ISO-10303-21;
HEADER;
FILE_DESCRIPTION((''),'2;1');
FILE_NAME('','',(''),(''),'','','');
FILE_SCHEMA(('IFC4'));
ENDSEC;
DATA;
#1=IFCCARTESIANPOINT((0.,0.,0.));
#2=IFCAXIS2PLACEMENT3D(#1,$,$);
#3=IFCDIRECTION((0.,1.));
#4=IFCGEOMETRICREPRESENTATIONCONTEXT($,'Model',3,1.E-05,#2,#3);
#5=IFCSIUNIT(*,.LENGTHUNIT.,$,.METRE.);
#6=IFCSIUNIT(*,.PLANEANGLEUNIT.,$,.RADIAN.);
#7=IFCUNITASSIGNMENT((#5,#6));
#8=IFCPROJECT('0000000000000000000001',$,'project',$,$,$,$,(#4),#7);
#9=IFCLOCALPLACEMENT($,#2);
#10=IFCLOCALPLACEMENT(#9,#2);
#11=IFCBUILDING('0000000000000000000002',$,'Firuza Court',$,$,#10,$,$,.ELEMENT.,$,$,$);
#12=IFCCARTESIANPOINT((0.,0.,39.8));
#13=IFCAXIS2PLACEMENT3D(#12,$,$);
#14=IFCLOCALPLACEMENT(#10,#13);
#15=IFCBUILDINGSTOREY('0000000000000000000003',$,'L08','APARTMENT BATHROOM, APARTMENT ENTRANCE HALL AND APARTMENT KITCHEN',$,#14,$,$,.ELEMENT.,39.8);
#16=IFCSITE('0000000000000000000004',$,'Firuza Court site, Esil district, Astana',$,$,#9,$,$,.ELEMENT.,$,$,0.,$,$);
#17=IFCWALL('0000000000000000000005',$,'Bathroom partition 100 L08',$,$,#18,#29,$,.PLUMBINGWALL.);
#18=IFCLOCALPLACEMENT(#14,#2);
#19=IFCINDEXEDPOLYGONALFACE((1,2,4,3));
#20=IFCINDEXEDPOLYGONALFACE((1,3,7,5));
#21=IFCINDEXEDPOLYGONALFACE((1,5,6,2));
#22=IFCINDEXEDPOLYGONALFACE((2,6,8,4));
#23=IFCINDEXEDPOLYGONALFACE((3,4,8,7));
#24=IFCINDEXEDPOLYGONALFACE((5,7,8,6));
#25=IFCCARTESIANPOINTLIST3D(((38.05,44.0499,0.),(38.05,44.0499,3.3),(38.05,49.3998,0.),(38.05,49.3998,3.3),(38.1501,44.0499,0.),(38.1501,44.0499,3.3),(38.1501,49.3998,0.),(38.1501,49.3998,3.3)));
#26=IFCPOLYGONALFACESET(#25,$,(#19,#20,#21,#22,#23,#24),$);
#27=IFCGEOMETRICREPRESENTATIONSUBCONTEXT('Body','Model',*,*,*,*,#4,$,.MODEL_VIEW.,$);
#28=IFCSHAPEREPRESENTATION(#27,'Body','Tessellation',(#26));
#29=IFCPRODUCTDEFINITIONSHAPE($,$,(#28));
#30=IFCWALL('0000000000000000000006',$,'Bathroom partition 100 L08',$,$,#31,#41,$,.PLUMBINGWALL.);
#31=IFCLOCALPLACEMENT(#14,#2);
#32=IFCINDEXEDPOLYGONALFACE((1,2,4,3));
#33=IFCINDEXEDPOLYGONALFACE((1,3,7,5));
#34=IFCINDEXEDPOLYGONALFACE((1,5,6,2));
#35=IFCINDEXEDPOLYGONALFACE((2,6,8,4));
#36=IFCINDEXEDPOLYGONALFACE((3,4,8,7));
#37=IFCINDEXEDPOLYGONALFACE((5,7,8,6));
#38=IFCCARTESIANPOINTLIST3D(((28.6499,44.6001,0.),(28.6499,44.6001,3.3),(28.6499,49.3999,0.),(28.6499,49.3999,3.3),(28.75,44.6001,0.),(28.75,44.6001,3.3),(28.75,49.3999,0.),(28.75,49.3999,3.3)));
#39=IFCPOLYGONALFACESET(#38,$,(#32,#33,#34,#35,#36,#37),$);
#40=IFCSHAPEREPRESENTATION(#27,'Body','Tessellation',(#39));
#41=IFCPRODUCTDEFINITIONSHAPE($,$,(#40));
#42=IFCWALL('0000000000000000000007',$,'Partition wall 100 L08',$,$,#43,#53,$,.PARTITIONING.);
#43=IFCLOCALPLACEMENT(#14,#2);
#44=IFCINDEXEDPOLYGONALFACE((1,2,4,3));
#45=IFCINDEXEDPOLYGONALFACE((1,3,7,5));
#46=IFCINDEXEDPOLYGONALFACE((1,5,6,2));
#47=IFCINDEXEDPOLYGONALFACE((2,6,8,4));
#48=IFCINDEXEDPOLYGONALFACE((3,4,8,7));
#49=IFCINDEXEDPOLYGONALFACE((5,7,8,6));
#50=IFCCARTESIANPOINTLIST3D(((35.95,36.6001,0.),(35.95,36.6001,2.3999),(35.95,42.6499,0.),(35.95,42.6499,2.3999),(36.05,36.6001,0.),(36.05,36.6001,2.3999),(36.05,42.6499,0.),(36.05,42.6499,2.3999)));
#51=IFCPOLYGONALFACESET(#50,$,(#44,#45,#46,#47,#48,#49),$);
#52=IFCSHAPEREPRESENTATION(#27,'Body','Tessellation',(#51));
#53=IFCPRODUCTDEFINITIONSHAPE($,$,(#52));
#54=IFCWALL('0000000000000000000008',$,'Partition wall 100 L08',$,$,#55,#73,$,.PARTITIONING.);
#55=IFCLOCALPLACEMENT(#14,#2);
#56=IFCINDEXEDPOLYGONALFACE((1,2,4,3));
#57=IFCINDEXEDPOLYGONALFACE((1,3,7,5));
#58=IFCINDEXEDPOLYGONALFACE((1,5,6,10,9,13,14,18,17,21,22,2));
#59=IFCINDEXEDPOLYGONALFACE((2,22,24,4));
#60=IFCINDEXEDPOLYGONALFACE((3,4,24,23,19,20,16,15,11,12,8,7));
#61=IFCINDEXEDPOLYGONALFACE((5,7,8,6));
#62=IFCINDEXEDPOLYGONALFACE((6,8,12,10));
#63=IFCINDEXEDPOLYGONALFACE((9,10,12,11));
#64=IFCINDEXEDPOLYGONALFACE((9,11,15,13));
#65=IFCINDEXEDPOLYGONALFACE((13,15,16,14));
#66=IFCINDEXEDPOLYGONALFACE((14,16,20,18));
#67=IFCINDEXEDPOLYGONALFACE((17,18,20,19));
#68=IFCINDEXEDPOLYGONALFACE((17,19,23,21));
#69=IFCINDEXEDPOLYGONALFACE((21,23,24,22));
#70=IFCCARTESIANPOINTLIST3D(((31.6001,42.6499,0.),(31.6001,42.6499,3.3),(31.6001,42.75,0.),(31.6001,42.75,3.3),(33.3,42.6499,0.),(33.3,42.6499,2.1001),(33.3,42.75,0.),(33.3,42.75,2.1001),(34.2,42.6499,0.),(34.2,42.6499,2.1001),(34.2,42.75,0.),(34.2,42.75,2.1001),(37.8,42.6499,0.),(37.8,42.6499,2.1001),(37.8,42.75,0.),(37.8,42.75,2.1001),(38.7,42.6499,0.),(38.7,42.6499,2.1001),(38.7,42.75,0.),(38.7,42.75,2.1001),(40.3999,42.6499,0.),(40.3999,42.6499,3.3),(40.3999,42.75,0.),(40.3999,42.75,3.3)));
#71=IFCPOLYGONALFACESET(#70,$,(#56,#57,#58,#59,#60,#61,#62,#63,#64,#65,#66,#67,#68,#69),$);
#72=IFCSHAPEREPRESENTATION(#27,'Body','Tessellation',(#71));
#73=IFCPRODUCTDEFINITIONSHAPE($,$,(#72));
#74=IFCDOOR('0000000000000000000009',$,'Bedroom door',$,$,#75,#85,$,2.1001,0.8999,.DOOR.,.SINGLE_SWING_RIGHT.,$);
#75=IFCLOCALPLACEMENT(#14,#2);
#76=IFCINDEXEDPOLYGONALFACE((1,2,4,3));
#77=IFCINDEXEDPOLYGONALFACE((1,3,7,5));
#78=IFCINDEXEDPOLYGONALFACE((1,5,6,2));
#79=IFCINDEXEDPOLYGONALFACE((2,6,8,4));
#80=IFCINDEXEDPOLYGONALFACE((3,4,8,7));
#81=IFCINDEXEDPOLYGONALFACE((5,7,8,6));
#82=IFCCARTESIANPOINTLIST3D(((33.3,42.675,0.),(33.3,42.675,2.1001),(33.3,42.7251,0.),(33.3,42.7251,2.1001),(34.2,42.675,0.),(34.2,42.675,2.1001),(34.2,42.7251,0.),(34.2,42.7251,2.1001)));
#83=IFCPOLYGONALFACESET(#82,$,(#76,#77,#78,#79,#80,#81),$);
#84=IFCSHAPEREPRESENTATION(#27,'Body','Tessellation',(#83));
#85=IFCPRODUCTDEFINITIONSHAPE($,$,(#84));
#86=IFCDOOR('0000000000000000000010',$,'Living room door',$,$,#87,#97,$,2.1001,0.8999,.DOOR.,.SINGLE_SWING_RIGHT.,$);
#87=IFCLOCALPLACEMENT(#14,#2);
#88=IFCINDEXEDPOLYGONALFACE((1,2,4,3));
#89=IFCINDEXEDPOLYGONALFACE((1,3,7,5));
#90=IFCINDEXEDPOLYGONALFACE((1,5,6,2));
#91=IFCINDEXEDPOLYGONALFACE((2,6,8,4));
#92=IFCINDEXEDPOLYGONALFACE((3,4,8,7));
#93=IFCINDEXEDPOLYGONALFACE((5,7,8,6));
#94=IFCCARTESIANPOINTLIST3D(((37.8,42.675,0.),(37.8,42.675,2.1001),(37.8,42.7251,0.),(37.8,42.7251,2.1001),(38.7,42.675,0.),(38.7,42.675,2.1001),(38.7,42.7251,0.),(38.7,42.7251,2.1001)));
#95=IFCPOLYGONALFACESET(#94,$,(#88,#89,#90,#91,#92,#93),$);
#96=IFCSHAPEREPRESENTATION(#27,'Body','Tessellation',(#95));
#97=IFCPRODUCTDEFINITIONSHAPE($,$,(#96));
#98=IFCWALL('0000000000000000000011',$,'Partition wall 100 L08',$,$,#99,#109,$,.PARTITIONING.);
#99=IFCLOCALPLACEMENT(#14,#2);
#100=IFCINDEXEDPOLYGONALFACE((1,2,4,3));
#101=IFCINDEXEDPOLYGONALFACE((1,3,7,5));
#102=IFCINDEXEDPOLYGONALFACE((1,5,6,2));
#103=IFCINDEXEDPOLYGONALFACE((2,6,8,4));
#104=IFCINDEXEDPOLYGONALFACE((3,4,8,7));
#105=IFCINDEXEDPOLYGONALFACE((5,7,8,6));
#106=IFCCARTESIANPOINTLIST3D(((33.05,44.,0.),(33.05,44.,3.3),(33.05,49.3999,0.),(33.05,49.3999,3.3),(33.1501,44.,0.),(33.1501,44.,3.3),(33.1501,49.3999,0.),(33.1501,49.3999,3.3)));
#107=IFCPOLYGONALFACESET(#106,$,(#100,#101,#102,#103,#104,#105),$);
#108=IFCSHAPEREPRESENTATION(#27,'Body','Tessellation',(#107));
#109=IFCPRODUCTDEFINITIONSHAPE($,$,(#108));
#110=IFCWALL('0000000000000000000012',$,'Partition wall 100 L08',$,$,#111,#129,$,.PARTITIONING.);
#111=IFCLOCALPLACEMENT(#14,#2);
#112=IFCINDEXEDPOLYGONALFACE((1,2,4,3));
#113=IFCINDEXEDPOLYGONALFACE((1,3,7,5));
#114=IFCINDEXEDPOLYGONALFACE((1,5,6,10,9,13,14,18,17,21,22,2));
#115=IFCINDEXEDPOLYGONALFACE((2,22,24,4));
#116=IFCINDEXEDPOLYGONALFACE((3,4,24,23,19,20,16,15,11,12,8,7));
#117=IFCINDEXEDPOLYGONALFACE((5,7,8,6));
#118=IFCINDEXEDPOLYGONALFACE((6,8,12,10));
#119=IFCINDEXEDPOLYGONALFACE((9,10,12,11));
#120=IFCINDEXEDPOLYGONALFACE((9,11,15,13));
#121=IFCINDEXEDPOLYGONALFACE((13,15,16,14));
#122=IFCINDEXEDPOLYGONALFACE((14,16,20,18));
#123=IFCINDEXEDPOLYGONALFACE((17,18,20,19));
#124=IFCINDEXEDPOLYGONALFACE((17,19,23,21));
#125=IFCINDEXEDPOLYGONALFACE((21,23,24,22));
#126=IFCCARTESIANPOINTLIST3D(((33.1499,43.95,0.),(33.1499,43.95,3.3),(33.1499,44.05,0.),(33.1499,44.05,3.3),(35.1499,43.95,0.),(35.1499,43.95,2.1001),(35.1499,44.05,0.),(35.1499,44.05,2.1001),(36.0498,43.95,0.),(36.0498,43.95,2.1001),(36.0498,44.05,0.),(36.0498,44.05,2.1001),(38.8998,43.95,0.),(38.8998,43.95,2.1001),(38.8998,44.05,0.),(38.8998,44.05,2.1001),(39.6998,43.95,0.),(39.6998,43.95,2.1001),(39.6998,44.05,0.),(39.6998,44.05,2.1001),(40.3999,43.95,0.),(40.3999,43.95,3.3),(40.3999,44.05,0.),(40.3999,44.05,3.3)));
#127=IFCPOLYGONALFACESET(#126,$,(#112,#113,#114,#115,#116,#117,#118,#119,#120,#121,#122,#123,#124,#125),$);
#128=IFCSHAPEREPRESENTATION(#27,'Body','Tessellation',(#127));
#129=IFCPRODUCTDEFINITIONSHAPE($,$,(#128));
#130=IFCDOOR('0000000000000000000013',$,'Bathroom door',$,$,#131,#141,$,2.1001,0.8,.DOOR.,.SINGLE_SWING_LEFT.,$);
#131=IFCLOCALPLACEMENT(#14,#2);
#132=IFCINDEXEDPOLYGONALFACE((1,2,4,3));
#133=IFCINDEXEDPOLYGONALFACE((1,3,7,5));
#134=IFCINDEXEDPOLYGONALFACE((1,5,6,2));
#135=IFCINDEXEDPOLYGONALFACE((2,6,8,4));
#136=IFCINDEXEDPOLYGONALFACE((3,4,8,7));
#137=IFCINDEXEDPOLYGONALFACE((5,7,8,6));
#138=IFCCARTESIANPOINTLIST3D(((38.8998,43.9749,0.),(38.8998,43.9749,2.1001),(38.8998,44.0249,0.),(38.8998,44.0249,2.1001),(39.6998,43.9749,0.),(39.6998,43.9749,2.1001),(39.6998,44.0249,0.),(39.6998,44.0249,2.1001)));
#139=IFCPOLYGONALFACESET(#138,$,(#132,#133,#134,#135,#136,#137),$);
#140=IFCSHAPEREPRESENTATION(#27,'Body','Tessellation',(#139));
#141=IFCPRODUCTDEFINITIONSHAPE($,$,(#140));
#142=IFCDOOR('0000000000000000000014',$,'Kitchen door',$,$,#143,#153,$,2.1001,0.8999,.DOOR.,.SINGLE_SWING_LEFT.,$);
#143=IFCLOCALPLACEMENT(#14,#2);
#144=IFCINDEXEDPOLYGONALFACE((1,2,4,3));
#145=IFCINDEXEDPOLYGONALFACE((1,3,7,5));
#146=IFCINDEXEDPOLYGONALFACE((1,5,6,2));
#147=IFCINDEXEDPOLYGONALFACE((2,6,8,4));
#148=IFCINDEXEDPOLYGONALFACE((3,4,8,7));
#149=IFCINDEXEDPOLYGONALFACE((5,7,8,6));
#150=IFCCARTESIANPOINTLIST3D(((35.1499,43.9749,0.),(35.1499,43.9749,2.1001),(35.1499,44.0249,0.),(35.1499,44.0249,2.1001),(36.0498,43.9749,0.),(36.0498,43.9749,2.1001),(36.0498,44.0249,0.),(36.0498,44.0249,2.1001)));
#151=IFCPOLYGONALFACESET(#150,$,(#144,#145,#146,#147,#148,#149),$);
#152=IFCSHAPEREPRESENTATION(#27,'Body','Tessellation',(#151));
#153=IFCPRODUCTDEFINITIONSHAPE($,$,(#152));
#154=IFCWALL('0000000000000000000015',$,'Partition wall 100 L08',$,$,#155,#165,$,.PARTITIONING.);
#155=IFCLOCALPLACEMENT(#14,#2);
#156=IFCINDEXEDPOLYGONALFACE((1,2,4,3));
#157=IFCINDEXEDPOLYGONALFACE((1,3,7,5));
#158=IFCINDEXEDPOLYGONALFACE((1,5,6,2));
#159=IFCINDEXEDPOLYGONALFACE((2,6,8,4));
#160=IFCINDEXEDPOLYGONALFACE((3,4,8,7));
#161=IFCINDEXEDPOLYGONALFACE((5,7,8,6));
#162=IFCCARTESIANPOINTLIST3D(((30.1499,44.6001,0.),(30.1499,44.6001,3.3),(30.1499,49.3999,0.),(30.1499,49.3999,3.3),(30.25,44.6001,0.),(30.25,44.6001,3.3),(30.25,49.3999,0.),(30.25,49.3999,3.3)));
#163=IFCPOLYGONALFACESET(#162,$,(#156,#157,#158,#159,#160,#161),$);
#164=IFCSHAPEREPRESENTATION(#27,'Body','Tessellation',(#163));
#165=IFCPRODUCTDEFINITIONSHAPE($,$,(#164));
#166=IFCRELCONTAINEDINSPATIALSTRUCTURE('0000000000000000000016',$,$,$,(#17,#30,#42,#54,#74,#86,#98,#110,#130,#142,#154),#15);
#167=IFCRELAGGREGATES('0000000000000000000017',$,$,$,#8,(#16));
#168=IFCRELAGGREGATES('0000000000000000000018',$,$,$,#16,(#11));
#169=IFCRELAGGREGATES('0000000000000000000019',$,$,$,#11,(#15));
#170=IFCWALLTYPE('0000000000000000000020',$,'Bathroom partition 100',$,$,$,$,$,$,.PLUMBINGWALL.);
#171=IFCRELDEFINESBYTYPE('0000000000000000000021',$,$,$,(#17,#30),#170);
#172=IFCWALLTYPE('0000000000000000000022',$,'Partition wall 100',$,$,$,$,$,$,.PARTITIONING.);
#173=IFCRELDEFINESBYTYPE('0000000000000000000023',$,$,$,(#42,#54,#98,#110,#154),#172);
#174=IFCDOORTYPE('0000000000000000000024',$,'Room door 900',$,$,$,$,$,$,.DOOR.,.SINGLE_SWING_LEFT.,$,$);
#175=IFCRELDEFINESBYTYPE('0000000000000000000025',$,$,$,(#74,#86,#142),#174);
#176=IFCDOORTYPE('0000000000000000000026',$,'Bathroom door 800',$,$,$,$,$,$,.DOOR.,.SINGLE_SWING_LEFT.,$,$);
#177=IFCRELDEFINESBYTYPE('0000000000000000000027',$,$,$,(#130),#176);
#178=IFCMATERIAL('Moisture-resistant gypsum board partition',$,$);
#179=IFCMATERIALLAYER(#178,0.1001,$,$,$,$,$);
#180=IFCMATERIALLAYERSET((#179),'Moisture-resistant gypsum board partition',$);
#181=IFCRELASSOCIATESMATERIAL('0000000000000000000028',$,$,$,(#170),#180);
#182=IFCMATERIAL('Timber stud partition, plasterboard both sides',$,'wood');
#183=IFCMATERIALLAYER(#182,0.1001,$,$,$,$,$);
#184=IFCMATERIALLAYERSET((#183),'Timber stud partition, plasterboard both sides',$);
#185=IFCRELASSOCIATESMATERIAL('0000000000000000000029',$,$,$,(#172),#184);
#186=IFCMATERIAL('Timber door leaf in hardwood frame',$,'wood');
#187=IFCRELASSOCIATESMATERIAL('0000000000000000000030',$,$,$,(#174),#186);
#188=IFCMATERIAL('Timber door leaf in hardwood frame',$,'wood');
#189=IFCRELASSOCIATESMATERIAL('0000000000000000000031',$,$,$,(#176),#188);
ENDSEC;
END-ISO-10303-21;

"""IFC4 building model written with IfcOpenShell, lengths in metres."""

from ifc_helpers import new_model, si_unit, direction, frame, frame_2d, origin, place, context, subcontext, project, spatial, rectangle, extrude, material, layer, layer_set, type_object, element, fill, save


model = new_model("IFC4")

# Units and contexts
model_context = context("Model", 3, precision=1e-05, world=origin(), true_north=direction((0.0, 1.0)))
body_context = subcontext(model_context, "Body", "Model", "MODEL_VIEW")
ifc_project = project(units=[si_unit("LENGTHUNIT", "METRE"), si_unit("PLANEANGLEUNIT", "RADIAN")], contexts=[model_context])

# Site, building, storey
site_placement = place(None, origin())
site = spatial("IfcSite", under=ifc_project, at=site_placement, Name="Firuza Court site, Esil district, Astana", CompositionType="ELEMENT", RefElevation=0.0)
building_placement = place(site_placement, origin())
building = spatial("IfcBuilding", under=site, at=building_placement, Name="Firuza Court", CompositionType="ELEMENT")
storey_placement = place(building_placement, frame((0.0, 0.0, 39.8)))
storey = spatial("IfcBuildingStorey", under=building, at=storey_placement, Name="L08", Description="APARTMENT BATHROOM, APARTMENT ENTRANCE HALL AND APARTMENT KITCHEN", CompositionType="ELEMENT", Elevation=39.8)

# Walls
ifc_material_1 = material(Name="Moisture-resistant gypsum board partition")
ifc_layer_1 = layer(ifc_material_1, 0.1001)
ifc_layer_set_1 = layer_set([ifc_layer_1], Name="Moisture-resistant gypsum board partition")
wall_type_1 = type_object("IfcWallType", Name="Bathroom partition 100", PredefinedType="PLUMBINGWALL", material=ifc_layer_set_1)
wall_1_placement = place(storey_placement, frame((38.1001, 44.05, 0.0), z_axis=(0.0, 0.0, 1.0), x_axis=(0.0, 1.0, 0.0)))
element("IfcWall", 1, at=wall_1_placement, inside=storey, type_object=wall_type_1, Name="Bathroom partition 100 L08", PredefinedType="PLUMBINGWALL", context=body_context, shape_type="SweptSolid", body=[
    extrude(rectangle(XDim=5.3499, YDim=0.1001, at=frame_2d((2.6748, 0.0))), origin(), (0.0, 0.0, 1.0), 3.3),
])
wall_2_placement = place(storey_placement, frame((28.7, 44.6001, 0.0), z_axis=(0.0, 0.0, 1.0), x_axis=(0.0, 1.0, 0.0)))
element("IfcWall", 2, at=wall_2_placement, inside=storey, type_object=wall_type_1, Name="Bathroom partition 100 L08", PredefinedType="PLUMBINGWALL", context=body_context, shape_type="SweptSolid", body=[
    extrude(rectangle(XDim=4.7998, YDim=0.1001, at=frame_2d((2.3999, 0.0))), origin(), (0.0, 0.0, 1.0), 3.3),
])
ifc_material_2 = material(Name="Timber stud partition, plasterboard both sides", Category="wood")
ifc_layer_2 = layer(ifc_material_2, 0.1001)
ifc_layer_set_2 = layer_set([ifc_layer_2], Name="Timber stud partition, plasterboard both sides")
wall_type_2 = type_object("IfcWallType", Name="Partition wall 100", PredefinedType="PARTITIONING", material=ifc_layer_set_2)
wall_3_placement = place(storey_placement, frame((36.0, 36.6001, 0.0), z_axis=(0.0, 0.0, 1.0), x_axis=(0.0, 1.0, 0.0)))
element("IfcWall", 3, at=wall_3_placement, inside=storey, type_object=wall_type_2, Name="Partition wall 100 L08", PredefinedType="PARTITIONING", context=body_context, shape_type="SweptSolid", body=[
    extrude(rectangle(XDim=6.0498, YDim=0.1001, at=frame_2d((3.0249, 0.0))), origin(), (0.0, 0.0, 1.0), 2.3999),
])

# Wall, openings, doors
wall_4_placement = place(storey_placement, frame((31.6001, 42.7, 0.0), z_axis=(0.0, 0.0, 1.0), x_axis=(1.0, 0.0, 0.0)))
wall_4 = element("IfcWall", 4, at=wall_4_placement, inside=storey, type_object=wall_type_2, Name="Partition wall 100 L08", PredefinedType="PARTITIONING", context=body_context, shape_type="SweptSolid", body=[
    extrude(rectangle(XDim=8.7998, YDim=0.1001, at=frame_2d((4.3999, 0.0))), origin(), (0.0, 0.0, 1.0), 3.3),
])
opening_1_placement = place(wall_4_placement, frame((1.7, 0.0, 0.0)))
opening_1 = element("IfcOpeningElement", 5, at=opening_1_placement, cuts=wall_4, PredefinedType="OPENING", context=body_context, shape_type="SweptSolid", body=[
    extrude(rectangle(XDim=0.8999, YDim=2.1001, at=frame_2d((0.45, 1.05))), frame((0.0, 0.062, 0.0), z_axis=(0.0, -1.0, 0.0), x_axis=(1.0, 0.0, 0.0)), (0.0, 0.0, 1.0), 0.124),
])
opening_2_placement = place(wall_4_placement, frame((6.2, 0.0, 0.0)))
opening_2 = element("IfcOpeningElement", 6, at=opening_2_placement, cuts=wall_4, PredefinedType="OPENING", context=body_context, shape_type="SweptSolid", body=[
    extrude(rectangle(XDim=0.8999, YDim=2.1001, at=frame_2d((0.45, 1.05))), frame((0.0, 0.062, 0.0), z_axis=(0.0, -1.0, 0.0), x_axis=(1.0, 0.0, 0.0)), (0.0, 0.0, 1.0), 0.124),
])
ifc_material_3 = material(Name="Timber door leaf in hardwood frame", Category="wood")
door_type_1 = type_object("IfcDoorType", Name="Room door 900", OperationType="SINGLE_SWING_LEFT", PredefinedType="DOOR", material=ifc_material_3)
door_1_placement = place(opening_1_placement, frame((0.8999, 0.0, 0.0), z_axis=(0.0, 0.0, 1.0), x_axis=(-1.0, 0.0, 0.0)))
door_1 = element("IfcDoor", 7, at=door_1_placement, inside=storey, type_object=door_type_1, Name="Bedroom door", OperationType="SINGLE_SWING_RIGHT", OverallHeight=2.1001, OverallWidth=0.8999, PredefinedType="DOOR", context=body_context, shape_type="SweptSolid", body=[
    extrude(rectangle(XDim=0.8999, YDim=2.1001, at=frame_2d((0.45, 1.05))), frame((0.0, 0.0249, 0.0), z_axis=(0.0, -1.0, 0.0), x_axis=(1.0, 0.0, 0.0)), (0.0, 0.0, 1.0), 0.05),
])
fill(opening_1, door_1)
door_2_placement = place(opening_2_placement, frame((0.8999, 0.0, 0.0), z_axis=(0.0, 0.0, 1.0), x_axis=(-1.0, 0.0, 0.0)))
door_2 = element("IfcDoor", 8, at=door_2_placement, inside=storey, type_object=door_type_1, Name="Living room door", OperationType="SINGLE_SWING_RIGHT", OverallHeight=2.1001, OverallWidth=0.8999, PredefinedType="DOOR", context=body_context, shape_type="SweptSolid", body=[
    extrude(rectangle(XDim=0.8999, YDim=2.1001, at=frame_2d((0.45, 1.05))), frame((0.0, 0.0249, 0.0), z_axis=(0.0, -1.0, 0.0), x_axis=(1.0, 0.0, 0.0)), (0.0, 0.0, 1.0), 0.05),
])
fill(opening_2, door_2)

# Wall
wall_5_placement = place(storey_placement, frame((33.1001, 44.0, 0.0), z_axis=(0.0, 0.0, 1.0), x_axis=(0.0, 1.0, 0.0)))
element("IfcWall", 9, at=wall_5_placement, inside=storey, type_object=wall_type_2, Name="Partition wall 100 L08", PredefinedType="PARTITIONING", context=body_context, shape_type="SweptSolid", body=[
    extrude(rectangle(XDim=5.3999, YDim=0.1001, at=frame_2d((2.7, 0.0))), origin(), (0.0, 0.0, 1.0), 3.3),
])

# Wall, openings, doors
wall_6_placement = place(storey_placement, frame((33.1499, 44.0, 0.0), z_axis=(0.0, 0.0, 1.0), x_axis=(1.0, 0.0, 0.0)))
wall_6 = element("IfcWall", 10, at=wall_6_placement, inside=storey, type_object=wall_type_2, Name="Partition wall 100 L08", PredefinedType="PARTITIONING", context=body_context, shape_type="SweptSolid", body=[
    extrude(rectangle(XDim=7.25, YDim=0.1001, at=frame_2d((3.625, 0.0))), origin(), (0.0, 0.0, 1.0), 3.3),
])
opening_3_placement = place(wall_6_placement, frame((5.75, 0.0, 0.0)))
opening_3 = element("IfcOpeningElement", 11, at=opening_3_placement, cuts=wall_6, PredefinedType="OPENING", context=body_context, shape_type="SweptSolid", body=[
    extrude(rectangle(XDim=0.8, YDim=2.1001, at=frame_2d((0.3999, 1.05))), frame((0.0, 0.062, 0.0), z_axis=(0.0, -1.0, 0.0), x_axis=(1.0, 0.0, 0.0)), (0.0, 0.0, 1.0), 0.124),
])
opening_4_placement = place(wall_6_placement, frame((2.0, 0.0, 0.0)))
opening_4 = element("IfcOpeningElement", 12, at=opening_4_placement, cuts=wall_6, PredefinedType="OPENING", context=body_context, shape_type="SweptSolid", body=[
    extrude(rectangle(XDim=0.8999, YDim=2.1001, at=frame_2d((0.45, 1.05))), frame((0.0, 0.062, 0.0), z_axis=(0.0, -1.0, 0.0), x_axis=(1.0, 0.0, 0.0)), (0.0, 0.0, 1.0), 0.124),
])
ifc_material_4 = material(Name="Timber door leaf in hardwood frame", Category="wood")
door_type_2 = type_object("IfcDoorType", Name="Bathroom door 800", OperationType="SINGLE_SWING_LEFT", PredefinedType="DOOR", material=ifc_material_4)
door_3_placement = place(opening_3_placement, origin())
door_3 = element("IfcDoor", 13, at=door_3_placement, inside=storey, type_object=door_type_2, Name="Bathroom door", OperationType="SINGLE_SWING_LEFT", OverallHeight=2.1001, OverallWidth=0.8, PredefinedType="DOOR", context=body_context, shape_type="SweptSolid", body=[
    extrude(rectangle(XDim=0.8, YDim=2.1001, at=frame_2d((0.3999, 1.05))), frame((0.0, 0.0249, 0.0), z_axis=(0.0, -1.0, 0.0), x_axis=(1.0, 0.0, 0.0)), (0.0, 0.0, 1.0), 0.05),
])
fill(opening_3, door_3)
door_4_placement = place(opening_4_placement, origin())
door_4 = element("IfcDoor", 14, at=door_4_placement, inside=storey, type_object=door_type_1, Name="Kitchen door", OperationType="SINGLE_SWING_LEFT", OverallHeight=2.1001, OverallWidth=0.8999, PredefinedType="DOOR", context=body_context, shape_type="SweptSolid", body=[
    extrude(rectangle(XDim=0.8999, YDim=2.1001, at=frame_2d((0.45, 1.05))), frame((0.0, 0.0249, 0.0), z_axis=(0.0, -1.0, 0.0), x_axis=(1.0, 0.0, 0.0)), (0.0, 0.0, 1.0), 0.05),
])
fill(opening_4, door_4)

# Wall
wall_7_placement = place(storey_placement, frame((30.2, 44.6001, 0.0), z_axis=(0.0, 0.0, 1.0), x_axis=(0.0, 1.0, 0.0)))
element("IfcWall", 15, at=wall_7_placement, inside=storey, type_object=wall_type_2, Name="Partition wall 100 L08", PredefinedType="PARTITIONING", context=body_context, shape_type="SweptSolid", body=[
    extrude(rectangle(XDim=4.7998, YDim=0.1001, at=frame_2d((2.3999, 0.0))), origin(), (0.0, 0.0, 1.0), 3.3),
])

save(model, "model.ifc")
